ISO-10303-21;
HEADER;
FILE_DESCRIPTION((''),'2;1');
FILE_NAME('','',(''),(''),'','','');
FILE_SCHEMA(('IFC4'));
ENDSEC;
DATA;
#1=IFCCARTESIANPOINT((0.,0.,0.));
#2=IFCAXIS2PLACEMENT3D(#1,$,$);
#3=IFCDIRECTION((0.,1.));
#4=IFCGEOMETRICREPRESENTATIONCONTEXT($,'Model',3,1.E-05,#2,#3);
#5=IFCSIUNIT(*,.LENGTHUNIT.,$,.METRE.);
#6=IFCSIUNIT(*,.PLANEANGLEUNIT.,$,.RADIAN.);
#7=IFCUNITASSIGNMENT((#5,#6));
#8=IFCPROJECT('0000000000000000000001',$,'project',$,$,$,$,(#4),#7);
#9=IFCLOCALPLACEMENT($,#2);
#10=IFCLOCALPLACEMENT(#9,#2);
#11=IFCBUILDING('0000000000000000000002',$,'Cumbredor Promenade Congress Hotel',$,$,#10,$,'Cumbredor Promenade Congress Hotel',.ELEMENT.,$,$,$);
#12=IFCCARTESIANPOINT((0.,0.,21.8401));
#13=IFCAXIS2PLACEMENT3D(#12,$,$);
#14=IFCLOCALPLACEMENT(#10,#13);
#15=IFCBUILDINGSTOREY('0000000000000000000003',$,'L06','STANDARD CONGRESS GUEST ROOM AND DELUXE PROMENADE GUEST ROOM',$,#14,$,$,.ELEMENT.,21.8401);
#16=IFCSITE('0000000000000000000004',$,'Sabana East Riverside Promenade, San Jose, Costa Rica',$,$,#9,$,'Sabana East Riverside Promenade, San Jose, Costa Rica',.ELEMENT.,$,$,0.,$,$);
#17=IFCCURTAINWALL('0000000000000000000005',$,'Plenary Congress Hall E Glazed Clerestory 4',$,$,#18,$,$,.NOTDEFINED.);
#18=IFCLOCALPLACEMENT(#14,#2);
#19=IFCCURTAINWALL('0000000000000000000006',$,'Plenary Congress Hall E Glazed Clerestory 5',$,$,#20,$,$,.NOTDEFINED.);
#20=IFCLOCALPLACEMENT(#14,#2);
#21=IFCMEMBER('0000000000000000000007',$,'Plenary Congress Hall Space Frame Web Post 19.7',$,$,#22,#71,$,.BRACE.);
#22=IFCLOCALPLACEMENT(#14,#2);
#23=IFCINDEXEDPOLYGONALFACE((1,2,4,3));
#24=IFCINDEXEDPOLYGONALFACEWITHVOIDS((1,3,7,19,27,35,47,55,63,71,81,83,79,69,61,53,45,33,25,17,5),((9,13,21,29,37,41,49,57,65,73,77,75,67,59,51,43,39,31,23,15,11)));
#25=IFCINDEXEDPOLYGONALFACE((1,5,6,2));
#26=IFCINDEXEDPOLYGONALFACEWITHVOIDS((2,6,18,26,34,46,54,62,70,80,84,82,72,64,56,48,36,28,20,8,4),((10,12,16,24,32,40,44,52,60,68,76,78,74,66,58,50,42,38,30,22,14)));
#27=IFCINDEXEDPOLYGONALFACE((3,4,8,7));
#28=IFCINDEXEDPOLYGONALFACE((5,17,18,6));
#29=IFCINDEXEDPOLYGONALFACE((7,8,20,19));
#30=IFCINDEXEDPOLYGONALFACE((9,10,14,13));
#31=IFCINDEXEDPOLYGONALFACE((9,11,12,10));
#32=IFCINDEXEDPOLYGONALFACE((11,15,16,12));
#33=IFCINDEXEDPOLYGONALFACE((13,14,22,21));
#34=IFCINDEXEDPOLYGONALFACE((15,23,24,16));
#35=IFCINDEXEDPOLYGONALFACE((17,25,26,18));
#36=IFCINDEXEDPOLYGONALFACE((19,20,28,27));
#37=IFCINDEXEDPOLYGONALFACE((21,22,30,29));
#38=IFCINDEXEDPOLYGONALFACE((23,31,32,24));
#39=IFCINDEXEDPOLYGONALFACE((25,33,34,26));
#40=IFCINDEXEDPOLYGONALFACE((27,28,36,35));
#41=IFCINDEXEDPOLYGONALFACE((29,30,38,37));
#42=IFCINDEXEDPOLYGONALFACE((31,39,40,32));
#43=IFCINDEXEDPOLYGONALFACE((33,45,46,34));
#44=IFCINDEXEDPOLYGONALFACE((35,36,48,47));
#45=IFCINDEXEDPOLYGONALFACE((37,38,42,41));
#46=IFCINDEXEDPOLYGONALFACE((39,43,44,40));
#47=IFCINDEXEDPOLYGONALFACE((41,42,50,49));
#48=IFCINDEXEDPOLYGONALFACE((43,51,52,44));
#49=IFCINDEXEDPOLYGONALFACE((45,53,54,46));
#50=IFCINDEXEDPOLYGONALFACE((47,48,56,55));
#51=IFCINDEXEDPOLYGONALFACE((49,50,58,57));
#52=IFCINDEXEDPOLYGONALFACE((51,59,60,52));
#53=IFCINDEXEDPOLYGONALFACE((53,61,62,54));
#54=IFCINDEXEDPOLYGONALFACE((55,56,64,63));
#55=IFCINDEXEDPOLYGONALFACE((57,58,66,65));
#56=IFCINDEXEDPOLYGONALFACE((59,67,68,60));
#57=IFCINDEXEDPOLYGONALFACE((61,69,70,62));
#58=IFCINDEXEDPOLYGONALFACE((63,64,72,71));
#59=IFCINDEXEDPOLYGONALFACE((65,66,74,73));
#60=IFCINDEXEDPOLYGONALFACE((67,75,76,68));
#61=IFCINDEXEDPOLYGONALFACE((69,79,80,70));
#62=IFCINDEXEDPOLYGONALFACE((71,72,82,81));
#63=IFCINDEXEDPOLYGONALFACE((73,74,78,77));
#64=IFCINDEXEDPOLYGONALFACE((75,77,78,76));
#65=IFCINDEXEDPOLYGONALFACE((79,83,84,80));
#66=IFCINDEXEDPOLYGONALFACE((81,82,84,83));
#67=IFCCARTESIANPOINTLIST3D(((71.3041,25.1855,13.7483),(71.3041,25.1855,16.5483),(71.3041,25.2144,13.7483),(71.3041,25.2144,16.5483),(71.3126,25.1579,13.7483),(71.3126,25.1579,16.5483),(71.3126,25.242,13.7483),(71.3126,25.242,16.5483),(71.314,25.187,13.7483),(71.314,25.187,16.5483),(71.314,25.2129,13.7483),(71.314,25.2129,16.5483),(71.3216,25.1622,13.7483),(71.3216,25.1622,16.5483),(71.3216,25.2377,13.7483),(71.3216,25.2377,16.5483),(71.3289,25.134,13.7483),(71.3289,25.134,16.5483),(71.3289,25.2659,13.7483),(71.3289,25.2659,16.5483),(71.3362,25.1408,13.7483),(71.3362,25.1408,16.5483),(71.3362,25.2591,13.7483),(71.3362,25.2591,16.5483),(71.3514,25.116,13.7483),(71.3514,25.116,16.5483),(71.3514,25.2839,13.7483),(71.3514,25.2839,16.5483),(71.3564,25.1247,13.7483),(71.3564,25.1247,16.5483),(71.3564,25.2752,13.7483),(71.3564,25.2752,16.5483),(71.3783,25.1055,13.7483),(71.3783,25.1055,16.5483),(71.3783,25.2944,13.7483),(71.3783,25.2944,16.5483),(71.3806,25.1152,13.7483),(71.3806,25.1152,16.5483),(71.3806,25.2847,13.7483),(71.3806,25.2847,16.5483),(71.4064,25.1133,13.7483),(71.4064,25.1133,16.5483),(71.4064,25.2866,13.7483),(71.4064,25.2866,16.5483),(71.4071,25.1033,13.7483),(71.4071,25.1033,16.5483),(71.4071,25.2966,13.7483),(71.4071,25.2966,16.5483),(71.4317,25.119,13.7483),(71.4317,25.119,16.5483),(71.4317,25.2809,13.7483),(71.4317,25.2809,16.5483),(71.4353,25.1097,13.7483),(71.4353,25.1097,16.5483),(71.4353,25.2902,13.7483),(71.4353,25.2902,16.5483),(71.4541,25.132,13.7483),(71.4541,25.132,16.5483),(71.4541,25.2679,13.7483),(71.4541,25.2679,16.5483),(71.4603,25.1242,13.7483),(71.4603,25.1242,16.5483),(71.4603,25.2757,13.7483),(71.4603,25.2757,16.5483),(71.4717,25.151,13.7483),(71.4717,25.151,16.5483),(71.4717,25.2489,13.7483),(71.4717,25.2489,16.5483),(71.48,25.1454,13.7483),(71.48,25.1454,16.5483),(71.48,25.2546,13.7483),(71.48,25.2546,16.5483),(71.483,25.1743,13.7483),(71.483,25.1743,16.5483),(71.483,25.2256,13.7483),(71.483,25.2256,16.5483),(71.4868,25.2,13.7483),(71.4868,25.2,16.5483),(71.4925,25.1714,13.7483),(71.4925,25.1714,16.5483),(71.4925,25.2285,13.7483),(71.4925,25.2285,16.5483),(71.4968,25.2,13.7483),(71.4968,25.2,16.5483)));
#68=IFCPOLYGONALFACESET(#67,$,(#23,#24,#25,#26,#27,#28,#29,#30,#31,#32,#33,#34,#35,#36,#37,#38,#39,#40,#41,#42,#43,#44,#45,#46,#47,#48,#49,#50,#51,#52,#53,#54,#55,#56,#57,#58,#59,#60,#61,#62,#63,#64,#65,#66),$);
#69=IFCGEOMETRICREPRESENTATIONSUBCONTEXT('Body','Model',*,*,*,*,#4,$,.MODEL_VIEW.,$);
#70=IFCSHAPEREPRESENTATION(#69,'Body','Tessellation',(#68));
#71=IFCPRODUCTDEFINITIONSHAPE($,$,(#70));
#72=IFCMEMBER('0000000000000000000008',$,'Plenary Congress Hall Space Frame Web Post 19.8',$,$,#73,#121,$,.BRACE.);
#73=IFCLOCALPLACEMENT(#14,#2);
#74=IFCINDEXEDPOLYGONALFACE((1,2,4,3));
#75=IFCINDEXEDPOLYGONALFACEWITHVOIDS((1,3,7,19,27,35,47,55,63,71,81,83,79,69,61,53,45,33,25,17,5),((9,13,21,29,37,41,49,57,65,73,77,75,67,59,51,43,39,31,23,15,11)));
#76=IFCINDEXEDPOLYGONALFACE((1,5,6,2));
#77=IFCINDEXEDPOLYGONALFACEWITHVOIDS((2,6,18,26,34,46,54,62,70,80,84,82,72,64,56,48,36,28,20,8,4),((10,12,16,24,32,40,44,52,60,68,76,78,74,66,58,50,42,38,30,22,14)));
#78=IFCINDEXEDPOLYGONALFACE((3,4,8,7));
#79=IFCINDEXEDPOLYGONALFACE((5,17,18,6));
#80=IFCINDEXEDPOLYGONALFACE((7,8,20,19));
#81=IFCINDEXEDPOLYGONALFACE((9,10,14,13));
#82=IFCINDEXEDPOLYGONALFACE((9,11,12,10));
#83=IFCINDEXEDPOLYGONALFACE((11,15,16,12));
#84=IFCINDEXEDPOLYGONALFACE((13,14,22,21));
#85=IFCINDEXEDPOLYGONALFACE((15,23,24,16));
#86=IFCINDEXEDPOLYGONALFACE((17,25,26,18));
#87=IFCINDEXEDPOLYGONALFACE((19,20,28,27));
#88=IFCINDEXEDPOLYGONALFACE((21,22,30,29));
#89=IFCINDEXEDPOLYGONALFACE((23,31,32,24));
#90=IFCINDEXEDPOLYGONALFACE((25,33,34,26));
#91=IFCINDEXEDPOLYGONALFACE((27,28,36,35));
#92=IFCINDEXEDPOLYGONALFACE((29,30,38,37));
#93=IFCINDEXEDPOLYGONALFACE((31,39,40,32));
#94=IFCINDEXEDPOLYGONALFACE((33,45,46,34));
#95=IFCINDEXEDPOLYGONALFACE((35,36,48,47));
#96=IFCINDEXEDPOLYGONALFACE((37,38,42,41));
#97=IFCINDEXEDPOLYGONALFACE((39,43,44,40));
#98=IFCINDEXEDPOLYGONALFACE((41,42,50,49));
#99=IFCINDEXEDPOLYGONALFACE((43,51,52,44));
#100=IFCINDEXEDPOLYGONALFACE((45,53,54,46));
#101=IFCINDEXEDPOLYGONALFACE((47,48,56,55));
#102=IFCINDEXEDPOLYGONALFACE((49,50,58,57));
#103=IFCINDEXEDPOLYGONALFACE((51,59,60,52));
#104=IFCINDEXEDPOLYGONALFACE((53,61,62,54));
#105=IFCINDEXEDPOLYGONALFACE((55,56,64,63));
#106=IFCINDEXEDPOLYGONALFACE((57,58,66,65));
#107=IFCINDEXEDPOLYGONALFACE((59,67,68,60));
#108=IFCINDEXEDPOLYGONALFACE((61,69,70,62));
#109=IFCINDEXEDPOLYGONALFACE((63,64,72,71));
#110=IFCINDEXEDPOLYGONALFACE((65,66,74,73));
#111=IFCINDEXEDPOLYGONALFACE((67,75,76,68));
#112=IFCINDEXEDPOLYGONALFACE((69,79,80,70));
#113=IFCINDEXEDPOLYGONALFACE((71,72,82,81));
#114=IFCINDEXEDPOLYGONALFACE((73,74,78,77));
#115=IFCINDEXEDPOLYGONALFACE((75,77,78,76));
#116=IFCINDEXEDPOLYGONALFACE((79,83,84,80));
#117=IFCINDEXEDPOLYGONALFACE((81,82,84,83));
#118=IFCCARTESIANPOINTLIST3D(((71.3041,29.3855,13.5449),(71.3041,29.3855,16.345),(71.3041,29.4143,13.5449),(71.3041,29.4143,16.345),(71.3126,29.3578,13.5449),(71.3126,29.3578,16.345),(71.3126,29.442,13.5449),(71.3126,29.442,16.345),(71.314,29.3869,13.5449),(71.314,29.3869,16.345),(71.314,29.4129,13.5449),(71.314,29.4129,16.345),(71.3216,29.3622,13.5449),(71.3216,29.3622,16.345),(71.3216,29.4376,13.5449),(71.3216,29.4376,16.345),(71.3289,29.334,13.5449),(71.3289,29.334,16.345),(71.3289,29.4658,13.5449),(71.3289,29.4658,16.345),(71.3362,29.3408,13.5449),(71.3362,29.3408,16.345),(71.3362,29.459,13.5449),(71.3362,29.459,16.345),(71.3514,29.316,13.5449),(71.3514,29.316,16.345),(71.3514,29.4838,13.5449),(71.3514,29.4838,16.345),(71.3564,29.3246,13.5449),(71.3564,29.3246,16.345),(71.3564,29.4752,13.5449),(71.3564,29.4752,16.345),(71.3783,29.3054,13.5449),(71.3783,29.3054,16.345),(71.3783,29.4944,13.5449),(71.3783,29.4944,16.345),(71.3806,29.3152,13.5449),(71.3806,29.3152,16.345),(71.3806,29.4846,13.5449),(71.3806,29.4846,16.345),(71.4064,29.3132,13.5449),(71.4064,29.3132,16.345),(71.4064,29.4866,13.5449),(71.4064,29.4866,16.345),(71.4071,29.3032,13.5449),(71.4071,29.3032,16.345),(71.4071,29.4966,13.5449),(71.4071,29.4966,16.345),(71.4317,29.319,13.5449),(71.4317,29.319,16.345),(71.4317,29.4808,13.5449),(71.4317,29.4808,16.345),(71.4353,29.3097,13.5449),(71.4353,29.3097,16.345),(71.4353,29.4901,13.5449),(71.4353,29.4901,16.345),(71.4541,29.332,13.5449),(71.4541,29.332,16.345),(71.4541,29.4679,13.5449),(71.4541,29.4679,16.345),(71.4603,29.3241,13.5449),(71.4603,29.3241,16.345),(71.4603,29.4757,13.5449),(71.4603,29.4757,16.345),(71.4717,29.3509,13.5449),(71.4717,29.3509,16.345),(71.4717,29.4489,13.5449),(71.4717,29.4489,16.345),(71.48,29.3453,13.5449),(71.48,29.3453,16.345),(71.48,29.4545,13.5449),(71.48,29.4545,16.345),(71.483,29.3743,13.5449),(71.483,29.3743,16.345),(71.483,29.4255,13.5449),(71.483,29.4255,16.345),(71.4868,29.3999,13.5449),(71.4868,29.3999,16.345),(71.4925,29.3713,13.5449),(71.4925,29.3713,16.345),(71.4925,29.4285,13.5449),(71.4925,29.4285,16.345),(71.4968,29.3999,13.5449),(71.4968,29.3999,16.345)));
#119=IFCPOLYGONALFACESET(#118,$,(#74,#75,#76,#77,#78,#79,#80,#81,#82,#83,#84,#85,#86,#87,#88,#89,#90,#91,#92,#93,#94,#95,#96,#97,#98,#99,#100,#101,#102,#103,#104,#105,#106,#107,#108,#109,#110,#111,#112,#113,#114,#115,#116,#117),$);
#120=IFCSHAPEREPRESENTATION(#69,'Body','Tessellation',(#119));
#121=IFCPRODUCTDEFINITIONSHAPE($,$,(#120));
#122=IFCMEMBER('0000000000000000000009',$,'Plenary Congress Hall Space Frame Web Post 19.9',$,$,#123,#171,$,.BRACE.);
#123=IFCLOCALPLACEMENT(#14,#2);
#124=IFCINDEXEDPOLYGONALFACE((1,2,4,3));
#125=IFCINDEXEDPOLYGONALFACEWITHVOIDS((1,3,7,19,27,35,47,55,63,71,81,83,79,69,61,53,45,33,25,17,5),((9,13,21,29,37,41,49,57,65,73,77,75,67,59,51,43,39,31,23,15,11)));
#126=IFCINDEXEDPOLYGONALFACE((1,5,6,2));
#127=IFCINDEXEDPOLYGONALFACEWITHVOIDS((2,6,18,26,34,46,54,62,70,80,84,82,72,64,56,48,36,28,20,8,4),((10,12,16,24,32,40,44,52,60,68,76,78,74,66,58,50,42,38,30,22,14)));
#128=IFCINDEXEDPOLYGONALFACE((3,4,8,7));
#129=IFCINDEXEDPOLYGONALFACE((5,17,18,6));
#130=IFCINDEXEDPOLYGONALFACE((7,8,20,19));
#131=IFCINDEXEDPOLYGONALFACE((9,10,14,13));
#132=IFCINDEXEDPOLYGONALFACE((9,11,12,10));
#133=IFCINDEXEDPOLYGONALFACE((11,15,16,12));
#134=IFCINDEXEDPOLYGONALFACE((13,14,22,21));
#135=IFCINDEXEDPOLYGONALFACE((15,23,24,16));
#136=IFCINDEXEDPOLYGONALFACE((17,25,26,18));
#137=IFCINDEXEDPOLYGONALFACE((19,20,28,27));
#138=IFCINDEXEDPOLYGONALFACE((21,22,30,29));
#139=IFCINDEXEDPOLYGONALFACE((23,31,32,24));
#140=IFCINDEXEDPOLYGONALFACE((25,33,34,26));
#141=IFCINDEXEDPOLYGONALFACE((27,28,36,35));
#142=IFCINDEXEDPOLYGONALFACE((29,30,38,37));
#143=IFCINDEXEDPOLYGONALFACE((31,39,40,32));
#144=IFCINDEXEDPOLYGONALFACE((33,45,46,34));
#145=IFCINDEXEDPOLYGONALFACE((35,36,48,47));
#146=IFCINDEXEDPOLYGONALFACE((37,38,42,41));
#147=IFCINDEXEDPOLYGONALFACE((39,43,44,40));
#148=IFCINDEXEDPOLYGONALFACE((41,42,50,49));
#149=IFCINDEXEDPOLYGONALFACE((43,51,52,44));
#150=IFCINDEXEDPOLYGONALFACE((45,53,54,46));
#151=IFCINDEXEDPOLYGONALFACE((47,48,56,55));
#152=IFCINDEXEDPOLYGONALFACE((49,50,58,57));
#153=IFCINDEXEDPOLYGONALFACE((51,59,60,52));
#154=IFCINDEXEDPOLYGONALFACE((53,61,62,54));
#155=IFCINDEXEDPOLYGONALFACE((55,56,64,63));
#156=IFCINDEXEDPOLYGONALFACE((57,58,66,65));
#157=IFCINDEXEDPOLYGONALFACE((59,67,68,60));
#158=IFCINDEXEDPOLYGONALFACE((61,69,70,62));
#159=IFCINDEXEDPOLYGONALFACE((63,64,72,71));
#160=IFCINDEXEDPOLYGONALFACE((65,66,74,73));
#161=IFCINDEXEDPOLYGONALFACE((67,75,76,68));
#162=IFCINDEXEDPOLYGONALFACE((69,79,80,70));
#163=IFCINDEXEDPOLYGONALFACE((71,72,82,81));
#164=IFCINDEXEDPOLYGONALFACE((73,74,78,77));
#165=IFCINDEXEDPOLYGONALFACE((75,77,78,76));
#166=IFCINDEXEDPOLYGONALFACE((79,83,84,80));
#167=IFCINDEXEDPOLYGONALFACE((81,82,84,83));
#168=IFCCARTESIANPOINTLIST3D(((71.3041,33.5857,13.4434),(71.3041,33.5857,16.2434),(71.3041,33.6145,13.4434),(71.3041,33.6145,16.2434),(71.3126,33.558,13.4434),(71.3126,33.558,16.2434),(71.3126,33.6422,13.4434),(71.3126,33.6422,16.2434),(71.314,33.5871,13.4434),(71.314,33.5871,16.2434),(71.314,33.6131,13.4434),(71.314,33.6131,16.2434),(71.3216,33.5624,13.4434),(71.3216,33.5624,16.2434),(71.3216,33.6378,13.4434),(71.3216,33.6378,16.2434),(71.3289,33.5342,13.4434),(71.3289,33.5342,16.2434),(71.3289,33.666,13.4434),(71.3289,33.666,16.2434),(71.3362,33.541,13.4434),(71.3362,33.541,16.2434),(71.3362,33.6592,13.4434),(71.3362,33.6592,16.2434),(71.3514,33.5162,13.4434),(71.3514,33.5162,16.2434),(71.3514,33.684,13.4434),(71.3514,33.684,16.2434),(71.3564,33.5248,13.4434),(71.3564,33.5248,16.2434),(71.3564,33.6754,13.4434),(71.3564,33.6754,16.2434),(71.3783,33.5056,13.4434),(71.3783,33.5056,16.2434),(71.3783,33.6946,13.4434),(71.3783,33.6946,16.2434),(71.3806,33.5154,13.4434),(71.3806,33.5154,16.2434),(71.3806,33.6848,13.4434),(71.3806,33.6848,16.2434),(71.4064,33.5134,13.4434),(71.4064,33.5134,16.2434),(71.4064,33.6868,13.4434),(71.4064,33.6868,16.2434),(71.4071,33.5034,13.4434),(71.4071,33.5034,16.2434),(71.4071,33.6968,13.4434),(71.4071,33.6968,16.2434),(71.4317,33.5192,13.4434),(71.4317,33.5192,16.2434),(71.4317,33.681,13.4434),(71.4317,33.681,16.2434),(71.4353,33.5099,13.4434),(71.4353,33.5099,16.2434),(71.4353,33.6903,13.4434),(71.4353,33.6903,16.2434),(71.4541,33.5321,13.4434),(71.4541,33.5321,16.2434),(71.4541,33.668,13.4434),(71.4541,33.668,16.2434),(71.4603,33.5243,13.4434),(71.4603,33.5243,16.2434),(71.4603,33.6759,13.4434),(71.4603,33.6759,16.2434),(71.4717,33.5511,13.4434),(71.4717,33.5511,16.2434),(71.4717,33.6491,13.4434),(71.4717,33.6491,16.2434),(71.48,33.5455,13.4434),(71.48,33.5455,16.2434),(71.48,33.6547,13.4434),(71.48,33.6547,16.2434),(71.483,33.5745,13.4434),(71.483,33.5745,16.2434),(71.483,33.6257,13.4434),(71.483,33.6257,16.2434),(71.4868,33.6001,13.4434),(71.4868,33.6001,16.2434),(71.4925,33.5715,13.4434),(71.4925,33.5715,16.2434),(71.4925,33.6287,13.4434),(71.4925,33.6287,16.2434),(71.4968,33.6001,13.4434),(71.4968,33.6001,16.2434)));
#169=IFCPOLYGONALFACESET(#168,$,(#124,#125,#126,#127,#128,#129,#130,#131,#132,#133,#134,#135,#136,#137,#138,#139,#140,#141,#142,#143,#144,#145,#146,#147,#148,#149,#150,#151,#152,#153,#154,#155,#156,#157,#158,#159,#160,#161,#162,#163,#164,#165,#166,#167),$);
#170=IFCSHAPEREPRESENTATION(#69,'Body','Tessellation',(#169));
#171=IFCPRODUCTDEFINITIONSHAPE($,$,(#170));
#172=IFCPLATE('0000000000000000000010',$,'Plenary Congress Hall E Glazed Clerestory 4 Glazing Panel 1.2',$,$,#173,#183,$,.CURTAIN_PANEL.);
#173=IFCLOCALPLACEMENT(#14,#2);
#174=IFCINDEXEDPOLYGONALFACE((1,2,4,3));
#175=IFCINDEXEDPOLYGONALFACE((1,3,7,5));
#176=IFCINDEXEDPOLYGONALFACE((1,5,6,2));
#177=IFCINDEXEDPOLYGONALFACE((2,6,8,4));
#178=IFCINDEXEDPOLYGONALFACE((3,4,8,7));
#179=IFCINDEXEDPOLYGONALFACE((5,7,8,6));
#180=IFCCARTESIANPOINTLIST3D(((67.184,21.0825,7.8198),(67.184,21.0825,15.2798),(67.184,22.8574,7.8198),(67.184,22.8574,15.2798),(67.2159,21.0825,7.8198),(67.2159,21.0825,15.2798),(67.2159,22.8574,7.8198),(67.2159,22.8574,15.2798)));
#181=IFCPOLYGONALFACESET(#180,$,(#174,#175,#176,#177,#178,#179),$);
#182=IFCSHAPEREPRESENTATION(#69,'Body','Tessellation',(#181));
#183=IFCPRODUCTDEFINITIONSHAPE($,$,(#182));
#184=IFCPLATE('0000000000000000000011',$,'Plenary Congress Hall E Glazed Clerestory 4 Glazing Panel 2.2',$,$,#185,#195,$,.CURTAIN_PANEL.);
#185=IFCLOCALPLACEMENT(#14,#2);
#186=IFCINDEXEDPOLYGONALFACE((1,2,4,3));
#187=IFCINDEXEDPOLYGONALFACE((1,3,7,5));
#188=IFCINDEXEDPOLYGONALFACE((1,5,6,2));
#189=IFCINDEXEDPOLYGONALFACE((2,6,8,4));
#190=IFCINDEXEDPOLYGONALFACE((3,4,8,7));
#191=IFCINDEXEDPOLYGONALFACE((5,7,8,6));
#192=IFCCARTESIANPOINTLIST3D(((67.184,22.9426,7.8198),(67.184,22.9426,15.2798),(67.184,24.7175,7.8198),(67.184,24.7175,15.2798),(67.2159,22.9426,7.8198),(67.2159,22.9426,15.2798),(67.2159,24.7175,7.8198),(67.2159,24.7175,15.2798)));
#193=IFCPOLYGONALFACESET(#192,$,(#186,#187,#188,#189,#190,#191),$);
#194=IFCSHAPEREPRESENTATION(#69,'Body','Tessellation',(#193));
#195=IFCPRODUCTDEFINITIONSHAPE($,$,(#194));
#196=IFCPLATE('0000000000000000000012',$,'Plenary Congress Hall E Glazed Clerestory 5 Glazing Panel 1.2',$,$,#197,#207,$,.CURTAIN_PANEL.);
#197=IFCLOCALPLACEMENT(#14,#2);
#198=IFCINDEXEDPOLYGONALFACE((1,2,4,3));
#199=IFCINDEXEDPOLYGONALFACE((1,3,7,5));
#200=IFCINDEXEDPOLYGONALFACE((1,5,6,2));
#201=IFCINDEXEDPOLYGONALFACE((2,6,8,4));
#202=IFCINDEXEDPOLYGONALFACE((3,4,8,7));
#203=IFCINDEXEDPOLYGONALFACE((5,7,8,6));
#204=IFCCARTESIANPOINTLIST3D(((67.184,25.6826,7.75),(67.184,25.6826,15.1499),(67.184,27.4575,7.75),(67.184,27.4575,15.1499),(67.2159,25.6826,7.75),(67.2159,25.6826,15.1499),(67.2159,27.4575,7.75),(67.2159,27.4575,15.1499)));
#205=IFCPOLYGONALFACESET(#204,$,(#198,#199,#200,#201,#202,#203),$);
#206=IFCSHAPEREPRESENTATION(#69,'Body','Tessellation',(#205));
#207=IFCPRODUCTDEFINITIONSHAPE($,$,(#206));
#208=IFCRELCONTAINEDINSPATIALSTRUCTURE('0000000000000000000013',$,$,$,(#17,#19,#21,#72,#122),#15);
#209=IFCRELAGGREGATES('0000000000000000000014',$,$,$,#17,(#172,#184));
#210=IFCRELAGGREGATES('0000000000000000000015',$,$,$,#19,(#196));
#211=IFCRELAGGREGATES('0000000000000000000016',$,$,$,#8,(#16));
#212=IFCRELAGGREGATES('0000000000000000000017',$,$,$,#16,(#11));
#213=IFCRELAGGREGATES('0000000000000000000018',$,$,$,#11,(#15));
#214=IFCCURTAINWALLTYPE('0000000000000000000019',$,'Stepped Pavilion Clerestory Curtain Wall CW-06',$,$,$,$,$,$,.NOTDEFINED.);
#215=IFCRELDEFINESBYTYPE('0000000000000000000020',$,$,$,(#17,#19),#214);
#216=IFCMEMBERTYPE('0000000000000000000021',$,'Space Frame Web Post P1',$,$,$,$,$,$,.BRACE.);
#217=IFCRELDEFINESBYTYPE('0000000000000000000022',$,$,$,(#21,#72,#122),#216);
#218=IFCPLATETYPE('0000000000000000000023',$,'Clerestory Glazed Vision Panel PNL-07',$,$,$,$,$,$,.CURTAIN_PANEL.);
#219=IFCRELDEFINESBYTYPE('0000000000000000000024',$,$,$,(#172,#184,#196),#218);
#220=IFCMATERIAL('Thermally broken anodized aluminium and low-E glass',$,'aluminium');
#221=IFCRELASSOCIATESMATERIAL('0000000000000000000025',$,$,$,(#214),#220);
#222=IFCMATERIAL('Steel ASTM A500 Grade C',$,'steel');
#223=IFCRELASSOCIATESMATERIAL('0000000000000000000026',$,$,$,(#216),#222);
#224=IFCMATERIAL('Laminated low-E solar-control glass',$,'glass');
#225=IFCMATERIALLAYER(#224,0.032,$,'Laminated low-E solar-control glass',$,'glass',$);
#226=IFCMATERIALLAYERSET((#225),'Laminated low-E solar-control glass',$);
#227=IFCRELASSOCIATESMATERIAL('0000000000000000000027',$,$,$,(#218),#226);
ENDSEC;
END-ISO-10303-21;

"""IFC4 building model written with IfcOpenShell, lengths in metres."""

from ifc_helpers import new_model, si_unit, direction, frame, origin, origin_2d, place, context, subcontext, project, spatial, rectangle, hollow_circle, extrude, material, layer, layer_set, material_profile, profile_set, type_object, element, aggregate, save


model = new_model("IFC4")

# Units and contexts
model_context = context("Model", 3, precision=1e-05, world=origin(), true_north=direction((0.0, 1.0)))
body_context = subcontext(model_context, "Body", "Model", "MODEL_VIEW")
ifc_project = project(units=[si_unit("LENGTHUNIT", "METRE"), si_unit("PLANEANGLEUNIT", "RADIAN")], contexts=[model_context])

# Site, building, storey
site_placement = place(None, origin())
site = spatial("IfcSite", under=ifc_project, at=site_placement, Name="Sabana East Riverside Promenade, San Jose, Costa Rica", LongName="Sabana East Riverside Promenade, San Jose, Costa Rica", CompositionType="ELEMENT", RefElevation=0.0)
building_placement = place(site_placement, origin())
building = spatial("IfcBuilding", under=site, at=building_placement, Name="Cumbredor Promenade Congress Hotel", LongName="Cumbredor Promenade Congress Hotel", CompositionType="ELEMENT")
storey_placement = place(building_placement, frame((0.0, 0.0, 21.8401)))
storey = spatial("IfcBuildingStorey", under=building, at=storey_placement, Name="L06", Description="STANDARD CONGRESS GUEST ROOM AND DELUXE PROMENADE GUEST ROOM", CompositionType="ELEMENT", Elevation=21.8401)

# Curtain walls
ifc_material_1 = material(Name="Thermally broken anodized aluminium and low-E glass", Category="aluminium")
curtain_wall_type = type_object("IfcCurtainWallType", Name="Stepped Pavilion Clerestory Curtain Wall CW-06", PredefinedType="NOTDEFINED", material=ifc_material_1)
curtain_wall_1_placement = place(storey_placement, origin())
curtain_wall_1 = element("IfcCurtainWall", 1, at=curtain_wall_1_placement, inside=storey, type_object=curtain_wall_type, Name="Plenary Congress Hall E Glazed Clerestory 4", PredefinedType="NOTDEFINED")
curtain_wall_2_placement = place(storey_placement, origin())
curtain_wall_2 = element("IfcCurtainWall", 2, at=curtain_wall_2_placement, inside=storey, type_object=curtain_wall_type, Name="Plenary Congress Hall E Glazed Clerestory 5", PredefinedType="NOTDEFINED")

# Members
ifc_material_2 = material(Name="Steel ASTM A500 Grade C", Category="steel")
ifc_material_profile_1 = material_profile(ifc_material_2, hollow_circle(Radius=0.0969, WallThickness=0.01, at=origin_2d()), Name="CHS 193.7x10")
ifc_profile_set_1 = profile_set([ifc_material_profile_1], Name="Steel ASTM A500 Grade C")
member_type_1 = type_object("IfcMemberType", Name="Space Frame Web Post P1", PredefinedType="BRACE", material=ifc_profile_set_1)
for number, where, z_axis, x_axis, name in (
    (3, (71.3999, 25.2, 13.7483), (0.0, 0.0, 1.0), (1.0, 0.0, 0.0), "Plenary Congress Hall Space Frame Web Post 19.7"),
    (4, (71.3999, 29.3999, 13.5449), (0.0, 0.0, 1.0), (1.0, 0.0, 0.0), "Plenary Congress Hall Space Frame Web Post 19.8"),
    (5, (71.3999, 33.6001, 13.4434), (0.0, 0.0, 1.0), (1.0, 0.0, 0.0), "Plenary Congress Hall Space Frame Web Post 19.9"),
):
    element("IfcMember", number, at=place(storey_placement, frame(where, z_axis=z_axis, x_axis=x_axis)), inside=storey, type_object=member_type_1, Name=name, PredefinedType="BRACE", context=body_context, shape_type="SweptSolid", body=[
        extrude(hollow_circle(Radius=0.0969, WallThickness=0.01, at=origin_2d()), origin(), (0.0, 0.0, 1.0), 2.8),
    ])

# Plates
ifc_material_3 = material(Name="Laminated low-E solar-control glass", Category="glass")
ifc_layer_1 = layer(ifc_material_3, 0.032, Name="Laminated low-E solar-control glass", Category="glass")
ifc_layer_set_1 = layer_set([ifc_layer_1], Name="Laminated low-E solar-control glass")
plate_type_1 = type_object("IfcPlateType", Name="Clerestory Glazed Vision Panel PNL-07", PredefinedType="CURTAIN_PANEL", material=ifc_layer_set_1)
plate_1_placement = place(storey_placement, frame((67.2, 21.97, 7.8198), z_axis=(0.0, 0.0, 1.0), x_axis=(0.0, 1.0, 0.0)))
plate_1 = element("IfcPlate", 6, at=plate_1_placement, type_object=plate_type_1, Name="Plenary Congress Hall E Glazed Clerestory 4 Glazing Panel 1.2", PredefinedType="CURTAIN_PANEL", context=body_context, shape_type="SweptSolid", body=[
    extrude(rectangle(XDim=1.7749, YDim=0.032, at=origin_2d()), origin(), (0.0, 0.0, 1.0), 7.46),
])
plate_2_placement = place(storey_placement, frame((67.2, 23.8301, 7.8198), z_axis=(0.0, 0.0, 1.0), x_axis=(0.0, 1.0, 0.0)))
plate_2 = element("IfcPlate", 7, at=plate_2_placement, type_object=plate_type_1, Name="Plenary Congress Hall E Glazed Clerestory 4 Glazing Panel 2.2", PredefinedType="CURTAIN_PANEL", context=body_context, shape_type="SweptSolid", body=[
    extrude(rectangle(XDim=1.7749, YDim=0.032, at=origin_2d()), origin(), (0.0, 0.0, 1.0), 7.46),
])
aggregate(curtain_wall_1, [plate_1, plate_2])
plate_3_placement = place(storey_placement, frame((67.2, 26.5701, 7.75), z_axis=(0.0, 0.0, 1.0), x_axis=(0.0, 1.0, 0.0)))
plate_3 = element("IfcPlate", 8, at=plate_3_placement, type_object=plate_type_1, Name="Plenary Congress Hall E Glazed Clerestory 5 Glazing Panel 1.2", PredefinedType="CURTAIN_PANEL", context=body_context, shape_type="SweptSolid", body=[
    extrude(rectangle(XDim=1.7749, YDim=0.032, at=origin_2d()), origin(), (0.0, 0.0, 1.0), 7.3999),
])
aggregate(curtain_wall_2, [plate_3])

save(model, "model.ifc")
